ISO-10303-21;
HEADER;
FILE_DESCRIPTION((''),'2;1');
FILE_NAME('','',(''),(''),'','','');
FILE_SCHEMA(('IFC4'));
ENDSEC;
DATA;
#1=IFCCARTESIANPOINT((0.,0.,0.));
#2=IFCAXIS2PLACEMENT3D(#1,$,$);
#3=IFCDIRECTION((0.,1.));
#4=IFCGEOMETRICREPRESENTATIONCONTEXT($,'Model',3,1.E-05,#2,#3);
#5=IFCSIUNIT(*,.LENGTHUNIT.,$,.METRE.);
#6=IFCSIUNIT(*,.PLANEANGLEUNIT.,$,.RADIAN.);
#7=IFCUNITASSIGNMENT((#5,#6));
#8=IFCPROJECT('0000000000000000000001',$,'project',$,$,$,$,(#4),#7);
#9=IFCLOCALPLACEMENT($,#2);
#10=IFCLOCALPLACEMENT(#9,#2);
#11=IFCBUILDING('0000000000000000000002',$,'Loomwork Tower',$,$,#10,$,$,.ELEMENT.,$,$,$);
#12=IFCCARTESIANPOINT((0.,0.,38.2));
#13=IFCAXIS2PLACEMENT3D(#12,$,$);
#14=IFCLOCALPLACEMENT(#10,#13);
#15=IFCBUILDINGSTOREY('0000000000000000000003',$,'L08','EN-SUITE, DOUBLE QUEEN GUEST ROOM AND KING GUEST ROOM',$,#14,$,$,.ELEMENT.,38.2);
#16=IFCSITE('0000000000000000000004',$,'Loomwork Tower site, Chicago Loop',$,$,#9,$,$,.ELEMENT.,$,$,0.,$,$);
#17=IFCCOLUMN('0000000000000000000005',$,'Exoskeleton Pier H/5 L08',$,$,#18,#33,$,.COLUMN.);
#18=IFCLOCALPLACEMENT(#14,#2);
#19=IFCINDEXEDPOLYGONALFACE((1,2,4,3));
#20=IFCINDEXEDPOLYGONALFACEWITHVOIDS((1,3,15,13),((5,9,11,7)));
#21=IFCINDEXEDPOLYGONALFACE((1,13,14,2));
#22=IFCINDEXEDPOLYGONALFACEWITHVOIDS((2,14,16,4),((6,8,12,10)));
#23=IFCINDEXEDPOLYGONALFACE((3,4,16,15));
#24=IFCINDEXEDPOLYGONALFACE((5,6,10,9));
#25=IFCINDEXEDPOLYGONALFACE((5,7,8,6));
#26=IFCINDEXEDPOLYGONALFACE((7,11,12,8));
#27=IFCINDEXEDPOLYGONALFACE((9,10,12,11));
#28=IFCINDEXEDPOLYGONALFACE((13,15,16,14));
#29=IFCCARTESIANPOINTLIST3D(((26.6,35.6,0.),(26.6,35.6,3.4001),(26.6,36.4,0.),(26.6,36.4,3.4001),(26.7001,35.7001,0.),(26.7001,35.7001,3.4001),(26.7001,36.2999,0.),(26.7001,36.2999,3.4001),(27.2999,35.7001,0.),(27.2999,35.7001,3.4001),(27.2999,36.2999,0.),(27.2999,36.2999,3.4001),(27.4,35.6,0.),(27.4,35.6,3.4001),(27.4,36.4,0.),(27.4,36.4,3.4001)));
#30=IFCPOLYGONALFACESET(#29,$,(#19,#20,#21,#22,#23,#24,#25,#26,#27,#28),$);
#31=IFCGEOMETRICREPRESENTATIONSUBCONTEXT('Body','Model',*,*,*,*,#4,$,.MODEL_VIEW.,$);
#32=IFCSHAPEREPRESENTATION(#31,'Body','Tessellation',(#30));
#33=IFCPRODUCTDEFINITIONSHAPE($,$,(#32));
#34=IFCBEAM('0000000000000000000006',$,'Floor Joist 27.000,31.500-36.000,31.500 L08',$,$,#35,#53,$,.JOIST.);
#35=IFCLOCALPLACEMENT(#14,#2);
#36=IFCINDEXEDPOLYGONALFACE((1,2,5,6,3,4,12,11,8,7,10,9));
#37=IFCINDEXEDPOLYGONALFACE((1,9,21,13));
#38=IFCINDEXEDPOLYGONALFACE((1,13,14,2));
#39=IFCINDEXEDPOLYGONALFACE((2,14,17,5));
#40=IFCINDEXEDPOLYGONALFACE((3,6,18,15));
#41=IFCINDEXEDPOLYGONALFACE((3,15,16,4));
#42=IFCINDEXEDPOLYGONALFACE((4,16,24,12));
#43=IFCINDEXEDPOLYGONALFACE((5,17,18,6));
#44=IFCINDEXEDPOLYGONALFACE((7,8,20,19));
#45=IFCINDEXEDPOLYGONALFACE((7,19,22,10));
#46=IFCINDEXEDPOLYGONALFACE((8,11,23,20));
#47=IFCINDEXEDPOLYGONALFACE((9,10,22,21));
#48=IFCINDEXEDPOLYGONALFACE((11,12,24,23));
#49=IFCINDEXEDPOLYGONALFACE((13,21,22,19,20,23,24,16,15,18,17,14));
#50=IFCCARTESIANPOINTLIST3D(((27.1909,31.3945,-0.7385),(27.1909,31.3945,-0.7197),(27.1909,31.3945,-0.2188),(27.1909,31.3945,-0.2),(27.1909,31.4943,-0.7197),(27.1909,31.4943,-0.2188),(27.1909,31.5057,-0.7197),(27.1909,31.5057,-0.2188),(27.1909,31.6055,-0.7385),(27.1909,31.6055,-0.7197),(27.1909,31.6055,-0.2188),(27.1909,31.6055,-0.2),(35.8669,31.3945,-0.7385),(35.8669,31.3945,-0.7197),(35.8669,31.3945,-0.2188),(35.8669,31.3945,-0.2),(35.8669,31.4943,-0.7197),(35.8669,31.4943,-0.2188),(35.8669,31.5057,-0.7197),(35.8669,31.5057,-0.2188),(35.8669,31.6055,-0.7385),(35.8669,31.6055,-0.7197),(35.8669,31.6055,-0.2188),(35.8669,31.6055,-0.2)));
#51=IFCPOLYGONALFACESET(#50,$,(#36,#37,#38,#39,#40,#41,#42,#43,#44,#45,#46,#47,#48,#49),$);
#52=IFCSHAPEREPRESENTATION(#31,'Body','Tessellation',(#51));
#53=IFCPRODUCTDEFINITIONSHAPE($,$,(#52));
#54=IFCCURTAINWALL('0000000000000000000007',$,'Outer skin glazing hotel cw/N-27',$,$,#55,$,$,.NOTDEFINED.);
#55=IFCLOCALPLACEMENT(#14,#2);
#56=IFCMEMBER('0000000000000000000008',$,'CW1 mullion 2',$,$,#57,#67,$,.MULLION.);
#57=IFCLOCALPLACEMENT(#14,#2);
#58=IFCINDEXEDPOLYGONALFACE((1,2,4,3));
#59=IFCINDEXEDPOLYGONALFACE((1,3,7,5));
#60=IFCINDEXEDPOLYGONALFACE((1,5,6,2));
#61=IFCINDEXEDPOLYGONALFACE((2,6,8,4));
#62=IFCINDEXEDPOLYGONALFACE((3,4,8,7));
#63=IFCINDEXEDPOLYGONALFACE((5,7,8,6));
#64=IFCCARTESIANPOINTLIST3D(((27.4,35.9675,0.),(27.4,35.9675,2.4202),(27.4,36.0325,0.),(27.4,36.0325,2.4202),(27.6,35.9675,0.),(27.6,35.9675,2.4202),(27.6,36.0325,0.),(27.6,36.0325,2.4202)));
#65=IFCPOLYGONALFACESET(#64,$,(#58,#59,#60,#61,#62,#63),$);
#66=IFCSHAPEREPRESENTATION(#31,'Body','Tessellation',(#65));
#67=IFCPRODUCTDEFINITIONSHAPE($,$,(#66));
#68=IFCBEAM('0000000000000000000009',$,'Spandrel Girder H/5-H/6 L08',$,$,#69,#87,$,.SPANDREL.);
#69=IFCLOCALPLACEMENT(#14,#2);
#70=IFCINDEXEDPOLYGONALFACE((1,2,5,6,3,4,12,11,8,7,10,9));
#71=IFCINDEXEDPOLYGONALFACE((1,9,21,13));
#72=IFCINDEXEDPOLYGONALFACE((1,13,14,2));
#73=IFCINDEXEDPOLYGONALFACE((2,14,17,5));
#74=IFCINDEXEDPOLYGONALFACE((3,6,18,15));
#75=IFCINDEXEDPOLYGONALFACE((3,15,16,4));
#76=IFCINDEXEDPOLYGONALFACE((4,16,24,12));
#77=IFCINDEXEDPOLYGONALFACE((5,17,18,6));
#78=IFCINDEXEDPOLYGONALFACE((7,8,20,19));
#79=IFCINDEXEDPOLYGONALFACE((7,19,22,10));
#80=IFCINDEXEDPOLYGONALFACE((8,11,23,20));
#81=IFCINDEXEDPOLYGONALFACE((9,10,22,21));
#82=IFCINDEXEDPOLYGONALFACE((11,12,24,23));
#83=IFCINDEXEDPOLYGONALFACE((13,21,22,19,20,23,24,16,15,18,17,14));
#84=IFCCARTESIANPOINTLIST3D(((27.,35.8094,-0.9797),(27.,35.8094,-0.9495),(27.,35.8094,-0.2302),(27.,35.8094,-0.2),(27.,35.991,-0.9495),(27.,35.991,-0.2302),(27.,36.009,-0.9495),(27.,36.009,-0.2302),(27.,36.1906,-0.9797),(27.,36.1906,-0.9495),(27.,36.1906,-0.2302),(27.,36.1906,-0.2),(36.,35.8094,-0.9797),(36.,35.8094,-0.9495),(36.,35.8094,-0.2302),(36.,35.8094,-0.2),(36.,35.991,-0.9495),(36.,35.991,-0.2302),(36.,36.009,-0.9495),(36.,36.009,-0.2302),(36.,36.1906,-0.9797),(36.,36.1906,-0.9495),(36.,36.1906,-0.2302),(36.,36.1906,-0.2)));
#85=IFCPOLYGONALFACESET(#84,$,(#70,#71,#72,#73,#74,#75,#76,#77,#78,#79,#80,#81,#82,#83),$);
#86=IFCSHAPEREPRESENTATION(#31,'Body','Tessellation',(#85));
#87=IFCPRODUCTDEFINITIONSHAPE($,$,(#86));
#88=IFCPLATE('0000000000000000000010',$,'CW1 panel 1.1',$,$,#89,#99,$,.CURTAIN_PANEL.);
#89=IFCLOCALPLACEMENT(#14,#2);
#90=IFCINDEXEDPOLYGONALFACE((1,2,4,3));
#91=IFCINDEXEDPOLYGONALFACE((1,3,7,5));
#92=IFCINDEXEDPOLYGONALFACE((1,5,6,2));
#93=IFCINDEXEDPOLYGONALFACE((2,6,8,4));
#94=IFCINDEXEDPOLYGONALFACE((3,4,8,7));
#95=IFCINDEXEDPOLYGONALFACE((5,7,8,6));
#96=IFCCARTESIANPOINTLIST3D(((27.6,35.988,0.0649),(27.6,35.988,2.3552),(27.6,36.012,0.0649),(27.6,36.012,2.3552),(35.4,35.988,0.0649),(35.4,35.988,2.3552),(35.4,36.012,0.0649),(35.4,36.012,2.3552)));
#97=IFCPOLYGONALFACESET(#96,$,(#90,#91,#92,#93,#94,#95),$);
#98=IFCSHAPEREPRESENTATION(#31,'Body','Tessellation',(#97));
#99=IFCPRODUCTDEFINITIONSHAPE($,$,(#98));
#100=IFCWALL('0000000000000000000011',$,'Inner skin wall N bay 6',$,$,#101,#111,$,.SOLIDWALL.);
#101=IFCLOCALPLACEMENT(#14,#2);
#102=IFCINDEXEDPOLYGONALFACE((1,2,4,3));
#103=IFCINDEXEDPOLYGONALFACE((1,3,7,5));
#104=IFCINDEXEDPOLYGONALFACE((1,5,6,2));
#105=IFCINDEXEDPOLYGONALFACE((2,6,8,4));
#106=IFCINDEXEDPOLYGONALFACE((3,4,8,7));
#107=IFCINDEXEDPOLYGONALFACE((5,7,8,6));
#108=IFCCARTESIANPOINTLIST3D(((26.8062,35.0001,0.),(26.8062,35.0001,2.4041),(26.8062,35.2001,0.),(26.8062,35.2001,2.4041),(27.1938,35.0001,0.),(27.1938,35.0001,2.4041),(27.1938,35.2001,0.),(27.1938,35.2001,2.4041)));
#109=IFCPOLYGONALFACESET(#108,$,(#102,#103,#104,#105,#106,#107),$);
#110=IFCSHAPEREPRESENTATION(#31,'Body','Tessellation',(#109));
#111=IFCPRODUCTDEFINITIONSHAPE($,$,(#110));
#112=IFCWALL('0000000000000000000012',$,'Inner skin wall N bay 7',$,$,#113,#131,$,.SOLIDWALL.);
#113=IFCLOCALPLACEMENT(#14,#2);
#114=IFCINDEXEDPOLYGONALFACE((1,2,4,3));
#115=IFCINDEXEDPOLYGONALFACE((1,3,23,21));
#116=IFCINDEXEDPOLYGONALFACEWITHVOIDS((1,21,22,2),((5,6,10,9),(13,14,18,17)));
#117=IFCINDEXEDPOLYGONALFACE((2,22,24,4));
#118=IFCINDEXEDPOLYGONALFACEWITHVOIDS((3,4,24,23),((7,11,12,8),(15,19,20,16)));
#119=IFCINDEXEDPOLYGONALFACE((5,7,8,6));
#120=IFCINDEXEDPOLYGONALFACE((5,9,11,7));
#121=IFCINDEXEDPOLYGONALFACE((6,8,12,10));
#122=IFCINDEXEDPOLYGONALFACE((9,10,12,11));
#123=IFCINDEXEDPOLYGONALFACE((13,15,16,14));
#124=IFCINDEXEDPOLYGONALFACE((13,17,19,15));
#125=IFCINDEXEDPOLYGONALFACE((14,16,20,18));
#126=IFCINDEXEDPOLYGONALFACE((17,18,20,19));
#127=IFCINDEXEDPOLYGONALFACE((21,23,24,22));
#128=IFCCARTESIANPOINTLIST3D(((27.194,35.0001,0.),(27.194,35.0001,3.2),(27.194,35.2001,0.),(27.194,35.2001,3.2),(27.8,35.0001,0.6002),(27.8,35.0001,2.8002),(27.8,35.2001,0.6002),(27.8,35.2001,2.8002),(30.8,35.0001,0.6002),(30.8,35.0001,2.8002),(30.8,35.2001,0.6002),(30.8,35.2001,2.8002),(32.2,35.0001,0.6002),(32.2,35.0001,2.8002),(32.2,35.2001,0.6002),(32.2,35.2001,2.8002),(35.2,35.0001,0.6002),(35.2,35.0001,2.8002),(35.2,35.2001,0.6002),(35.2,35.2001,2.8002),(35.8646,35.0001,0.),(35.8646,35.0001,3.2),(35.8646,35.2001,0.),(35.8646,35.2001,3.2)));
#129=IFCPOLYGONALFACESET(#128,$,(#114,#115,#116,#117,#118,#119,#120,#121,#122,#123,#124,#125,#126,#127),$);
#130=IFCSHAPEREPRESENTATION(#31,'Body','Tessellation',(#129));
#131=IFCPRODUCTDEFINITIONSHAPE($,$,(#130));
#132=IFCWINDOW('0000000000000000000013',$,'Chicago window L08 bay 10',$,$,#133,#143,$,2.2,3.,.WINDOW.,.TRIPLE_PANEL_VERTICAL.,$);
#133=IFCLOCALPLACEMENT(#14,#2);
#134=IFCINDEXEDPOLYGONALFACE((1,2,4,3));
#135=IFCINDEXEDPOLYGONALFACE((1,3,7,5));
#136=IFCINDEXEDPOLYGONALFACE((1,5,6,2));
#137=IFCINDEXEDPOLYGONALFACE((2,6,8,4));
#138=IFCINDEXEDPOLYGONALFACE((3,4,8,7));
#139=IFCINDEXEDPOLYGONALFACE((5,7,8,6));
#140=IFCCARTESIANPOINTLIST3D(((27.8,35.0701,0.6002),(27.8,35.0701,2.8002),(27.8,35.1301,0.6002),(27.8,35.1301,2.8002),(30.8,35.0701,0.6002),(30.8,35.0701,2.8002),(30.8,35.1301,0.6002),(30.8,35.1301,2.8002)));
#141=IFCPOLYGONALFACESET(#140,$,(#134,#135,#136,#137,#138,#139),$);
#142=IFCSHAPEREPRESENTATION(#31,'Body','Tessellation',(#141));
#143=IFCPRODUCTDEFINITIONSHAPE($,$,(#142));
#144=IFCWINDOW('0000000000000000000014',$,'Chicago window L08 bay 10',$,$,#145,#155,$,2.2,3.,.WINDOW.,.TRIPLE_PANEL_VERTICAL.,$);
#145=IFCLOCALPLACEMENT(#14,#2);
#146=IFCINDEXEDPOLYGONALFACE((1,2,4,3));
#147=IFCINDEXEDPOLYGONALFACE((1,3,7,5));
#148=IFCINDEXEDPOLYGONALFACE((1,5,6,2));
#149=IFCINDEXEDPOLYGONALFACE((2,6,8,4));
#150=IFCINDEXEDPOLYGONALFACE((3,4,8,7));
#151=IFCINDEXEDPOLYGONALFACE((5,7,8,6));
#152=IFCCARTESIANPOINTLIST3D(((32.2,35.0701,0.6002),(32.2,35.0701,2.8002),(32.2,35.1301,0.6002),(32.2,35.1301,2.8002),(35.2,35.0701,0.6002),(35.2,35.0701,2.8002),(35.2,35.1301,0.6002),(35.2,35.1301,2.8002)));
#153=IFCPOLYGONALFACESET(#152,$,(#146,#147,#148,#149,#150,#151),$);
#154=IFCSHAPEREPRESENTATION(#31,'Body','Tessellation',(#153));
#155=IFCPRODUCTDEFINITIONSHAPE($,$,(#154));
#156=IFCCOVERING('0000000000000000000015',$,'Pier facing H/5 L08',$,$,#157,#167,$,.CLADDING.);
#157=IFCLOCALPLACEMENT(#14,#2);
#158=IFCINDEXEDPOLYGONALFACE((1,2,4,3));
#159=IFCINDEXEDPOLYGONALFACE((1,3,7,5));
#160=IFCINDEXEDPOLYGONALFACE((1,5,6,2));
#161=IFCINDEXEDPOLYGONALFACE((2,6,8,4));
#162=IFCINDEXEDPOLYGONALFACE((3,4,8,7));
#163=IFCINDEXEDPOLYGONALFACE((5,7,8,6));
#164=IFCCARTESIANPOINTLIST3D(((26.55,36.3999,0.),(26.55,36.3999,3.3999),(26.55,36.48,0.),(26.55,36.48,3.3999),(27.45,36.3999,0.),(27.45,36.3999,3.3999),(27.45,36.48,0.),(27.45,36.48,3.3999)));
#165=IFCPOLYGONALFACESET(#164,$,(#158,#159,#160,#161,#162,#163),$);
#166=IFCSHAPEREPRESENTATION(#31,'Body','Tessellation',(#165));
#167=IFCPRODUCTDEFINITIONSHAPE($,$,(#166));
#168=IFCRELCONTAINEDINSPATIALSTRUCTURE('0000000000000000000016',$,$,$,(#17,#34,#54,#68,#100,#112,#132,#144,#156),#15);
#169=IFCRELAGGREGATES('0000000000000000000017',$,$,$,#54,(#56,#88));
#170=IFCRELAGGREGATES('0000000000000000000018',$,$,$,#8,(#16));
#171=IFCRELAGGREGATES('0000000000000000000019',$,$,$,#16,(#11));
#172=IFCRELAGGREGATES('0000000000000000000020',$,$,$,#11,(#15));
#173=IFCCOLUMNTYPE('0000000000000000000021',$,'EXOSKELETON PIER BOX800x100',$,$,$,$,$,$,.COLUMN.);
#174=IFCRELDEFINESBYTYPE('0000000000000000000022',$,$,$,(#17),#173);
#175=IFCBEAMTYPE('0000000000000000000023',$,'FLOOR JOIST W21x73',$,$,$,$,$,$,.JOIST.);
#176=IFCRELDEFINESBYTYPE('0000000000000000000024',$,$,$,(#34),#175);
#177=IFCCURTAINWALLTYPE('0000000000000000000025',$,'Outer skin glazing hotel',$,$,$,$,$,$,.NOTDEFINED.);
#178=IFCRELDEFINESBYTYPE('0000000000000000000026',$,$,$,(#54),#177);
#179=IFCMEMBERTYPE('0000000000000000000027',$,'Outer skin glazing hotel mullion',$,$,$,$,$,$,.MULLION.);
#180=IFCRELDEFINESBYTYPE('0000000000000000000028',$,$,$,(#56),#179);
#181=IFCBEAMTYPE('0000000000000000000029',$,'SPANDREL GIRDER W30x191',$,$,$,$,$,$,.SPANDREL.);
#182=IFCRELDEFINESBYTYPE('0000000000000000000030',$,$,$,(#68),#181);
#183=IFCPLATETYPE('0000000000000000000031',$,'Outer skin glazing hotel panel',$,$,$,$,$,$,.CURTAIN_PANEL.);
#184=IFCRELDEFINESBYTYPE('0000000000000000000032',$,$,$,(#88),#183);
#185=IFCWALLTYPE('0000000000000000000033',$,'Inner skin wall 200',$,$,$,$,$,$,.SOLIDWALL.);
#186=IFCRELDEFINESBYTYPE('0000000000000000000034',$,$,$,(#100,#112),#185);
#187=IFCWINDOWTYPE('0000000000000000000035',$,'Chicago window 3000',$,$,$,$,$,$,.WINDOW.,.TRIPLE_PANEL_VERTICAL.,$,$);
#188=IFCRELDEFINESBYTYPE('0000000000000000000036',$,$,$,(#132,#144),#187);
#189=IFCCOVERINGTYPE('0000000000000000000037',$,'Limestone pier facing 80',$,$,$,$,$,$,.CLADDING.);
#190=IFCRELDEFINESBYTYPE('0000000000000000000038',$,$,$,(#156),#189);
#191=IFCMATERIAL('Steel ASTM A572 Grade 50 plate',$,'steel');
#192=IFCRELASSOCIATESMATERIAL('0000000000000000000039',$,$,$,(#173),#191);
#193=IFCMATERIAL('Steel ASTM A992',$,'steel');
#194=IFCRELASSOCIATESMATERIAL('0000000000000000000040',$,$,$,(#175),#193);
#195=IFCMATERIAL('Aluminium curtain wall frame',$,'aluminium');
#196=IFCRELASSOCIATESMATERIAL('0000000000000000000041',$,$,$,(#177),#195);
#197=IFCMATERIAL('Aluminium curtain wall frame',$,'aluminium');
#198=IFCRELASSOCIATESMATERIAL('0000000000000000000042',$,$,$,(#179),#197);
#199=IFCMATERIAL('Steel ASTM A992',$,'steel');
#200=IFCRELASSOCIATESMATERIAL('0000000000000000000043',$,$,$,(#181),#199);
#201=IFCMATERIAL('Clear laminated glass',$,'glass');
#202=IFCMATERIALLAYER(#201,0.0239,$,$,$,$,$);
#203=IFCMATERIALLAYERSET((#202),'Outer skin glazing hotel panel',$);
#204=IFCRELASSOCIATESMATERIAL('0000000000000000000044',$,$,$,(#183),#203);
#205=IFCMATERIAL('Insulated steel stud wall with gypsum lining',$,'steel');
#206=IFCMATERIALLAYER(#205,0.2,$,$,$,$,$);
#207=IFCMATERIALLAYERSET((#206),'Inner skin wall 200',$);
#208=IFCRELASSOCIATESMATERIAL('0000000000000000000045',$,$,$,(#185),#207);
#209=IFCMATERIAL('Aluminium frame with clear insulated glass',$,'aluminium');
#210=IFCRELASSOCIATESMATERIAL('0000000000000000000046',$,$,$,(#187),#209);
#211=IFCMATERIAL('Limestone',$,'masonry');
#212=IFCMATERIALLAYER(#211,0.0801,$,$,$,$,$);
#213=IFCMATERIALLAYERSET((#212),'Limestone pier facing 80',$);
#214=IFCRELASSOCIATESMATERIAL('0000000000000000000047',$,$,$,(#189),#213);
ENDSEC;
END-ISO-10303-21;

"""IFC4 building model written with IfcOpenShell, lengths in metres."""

from ifc_helpers import new_model, si_unit, direction, frame, frame_2d, origin, origin_2d, place, context, subcontext, project, spatial, rectangle, hollow_rectangle, i_section, extrude, material, layer, layer_set, material_profile, profile_set, type_object, element, fill, aggregate, save


model = new_model("IFC4")

# Units and contexts
model_context = context("Model", 3, precision=1e-05, world=origin(), true_north=direction((0.0, 1.0)))
body_context = subcontext(model_context, "Body", "Model", "MODEL_VIEW")
ifc_project = project(units=[si_unit("LENGTHUNIT", "METRE"), si_unit("PLANEANGLEUNIT", "RADIAN")], contexts=[model_context])

# Site, building, storey
site_placement = place(None, origin())
site = spatial("IfcSite", under=ifc_project, at=site_placement, Name="Loomwork Tower site, Chicago Loop", CompositionType="ELEMENT", RefElevation=0.0)
building_placement = place(site_placement, origin())
building = spatial("IfcBuilding", under=site, at=building_placement, Name="Loomwork Tower", CompositionType="ELEMENT")
storey_placement = place(building_placement, frame((0.0, 0.0, 38.2)))
storey = spatial("IfcBuildingStorey", under=building, at=storey_placement, Name="L08", Description="EN-SUITE, DOUBLE QUEEN GUEST ROOM AND KING GUEST ROOM", CompositionType="ELEMENT", Elevation=38.2)

# Column
ifc_material_1 = material(Name="Steel ASTM A572 Grade 50 plate", Category="steel")
ifc_material_profile_1 = material_profile(ifc_material_1, hollow_rectangle(XDim=0.8, YDim=0.8, WallThickness=0.1001, at=origin_2d()), Name="BOX800x100")
ifc_profile_set_1 = profile_set([ifc_material_profile_1], Name="Steel ASTM A572 Grade 50 plate")
column_type = type_object("IfcColumnType", Name="EXOSKELETON PIER BOX800x100", PredefinedType="COLUMN", material=ifc_profile_set_1)
column_placement = place(storey_placement, frame((27.0, 36.0, 0.0), z_axis=(0.0, 0.0, 1.0), x_axis=(1.0, 0.0, 0.0)))
element("IfcColumn", 1, at=column_placement, inside=storey, type_object=column_type, Name="Exoskeleton Pier H/5 L08", PredefinedType="COLUMN", context=body_context, shape_type="SweptSolid", body=[
    extrude(hollow_rectangle(XDim=0.8, YDim=0.8, WallThickness=0.1001, at=origin_2d()), origin(), (0.0, 0.0, 1.0), 3.4001),
])

# Beam
ifc_material_2 = material(Name="Steel ASTM A992", Category="steel")
ifc_material_profile_2 = material_profile(ifc_material_2, i_section(OverallWidth=0.2109, OverallDepth=0.5386, WebThickness=0.0115, FlangeThickness=0.0188, at=origin_2d()), Name="W21x73")
ifc_profile_set_2 = profile_set([ifc_material_profile_2], Name="Steel ASTM A992")
beam_type_1 = type_object("IfcBeamType", Name="FLOOR JOIST W21x73", PredefinedType="JOIST", material=ifc_profile_set_2)
beam_1_placement = place(storey_placement, frame((27.1909, 31.5, -0.4692), z_axis=(1.0, 0.0, 0.0), x_axis=(0.0, 1.0, 0.0)))
element("IfcBeam", 2, at=beam_1_placement, inside=storey, type_object=beam_type_1, Name="Floor Joist 27.000,31.500-36.000,31.500 L08", PredefinedType="JOIST", context=body_context, shape_type="SweptSolid", body=[
    extrude(i_section(OverallWidth=0.2109, OverallDepth=0.5386, WebThickness=0.0115, FlangeThickness=0.0188, at=origin_2d()), origin(), (0.0, 0.0, 1.0), 8.676),
])

# Curtain wall, member
ifc_material_3 = material(Name="Aluminium curtain wall frame", Category="aluminium")
curtain_wall_type = type_object("IfcCurtainWallType", Name="Outer skin glazing hotel", PredefinedType="NOTDEFINED", material=ifc_material_3)
curtain_wall_placement = place(storey_placement, origin())
curtain_wall = element("IfcCurtainWall", 3, at=curtain_wall_placement, inside=storey, type_object=curtain_wall_type, Name="Outer skin glazing hotel cw/N-27", PredefinedType="NOTDEFINED")
ifc_material_4 = material(Name="Aluminium curtain wall frame", Category="aluminium")
ifc_material_profile_3 = material_profile(ifc_material_4, rectangle(XDim=0.0649, YDim=0.2, at=origin_2d()), Name="AL 65x200")
ifc_profile_set_3 = profile_set([ifc_material_profile_3], Name="Aluminium curtain wall frame")
member_type = type_object("IfcMemberType", Name="Outer skin glazing hotel mullion", PredefinedType="MULLION", material=ifc_profile_set_3)
member_placement = place(storey_placement, frame((27.5, 36.0, 0.0), z_axis=(0.0, 0.0, 1.0), x_axis=(0.0, -1.0, 0.0)))
member = element("IfcMember", 4, at=member_placement, type_object=member_type, Name="CW1 mullion 2", PredefinedType="MULLION", context=body_context, shape_type="SweptSolid", body=[
    extrude(rectangle(XDim=0.0649, YDim=0.2, at=origin_2d()), origin(), (0.0, 0.0, 1.0), 2.4202),
])

# Beam
ifc_material_5 = material(Name="Steel ASTM A992", Category="steel")
ifc_material_profile_4 = material_profile(ifc_material_5, i_section(OverallWidth=0.3811, OverallDepth=0.7798, WebThickness=0.0181, FlangeThickness=0.0303, at=origin_2d()), Name="W30x191")
ifc_profile_set_4 = profile_set([ifc_material_profile_4], Name="Steel ASTM A992")
beam_type_2 = type_object("IfcBeamType", Name="SPANDREL GIRDER W30x191", PredefinedType="SPANDREL", material=ifc_profile_set_4)
beam_2_placement = place(storey_placement, frame((27.0, 36.0, -0.5898), z_axis=(1.0, 0.0, 0.0), x_axis=(0.0, 1.0, 0.0)))
element("IfcBeam", 5, at=beam_2_placement, inside=storey, type_object=beam_type_2, Name="Spandrel Girder H/5-H/6 L08", PredefinedType="SPANDREL", context=body_context, shape_type="SweptSolid", body=[
    extrude(i_section(OverallWidth=0.3811, OverallDepth=0.7798, WebThickness=0.0181, FlangeThickness=0.0303, at=origin_2d()), origin(), (0.0, 0.0, 1.0), 9.0),
])

# Plate
ifc_material_6 = material(Name="Clear laminated glass", Category="glass")
ifc_layer_1 = layer(ifc_material_6, 0.0239)
ifc_layer_set_1 = layer_set([ifc_layer_1], Name="Outer skin glazing hotel panel")
plate_type = type_object("IfcPlateType", Name="Outer skin glazing hotel panel", PredefinedType="CURTAIN_PANEL", material=ifc_layer_set_1)
plate_placement = place(storey_placement, frame((31.5, 36.0, 0.0649), z_axis=(0.0, 0.0, 1.0), x_axis=(-1.0, 0.0, 0.0)))
plate = element("IfcPlate", 6, at=plate_placement, type_object=plate_type, Name="CW1 panel 1.1", PredefinedType="CURTAIN_PANEL", context=body_context, shape_type="SweptSolid", body=[
    extrude(rectangle(XDim=7.8, YDim=0.0239, at=origin_2d()), origin(), (0.0, 0.0, 1.0), 2.2903),
])
aggregate(curtain_wall, [member, plate])

# Wall
ifc_material_7 = material(Name="Insulated steel stud wall with gypsum lining", Category="steel")
ifc_layer_2 = layer(ifc_material_7, 0.2)
ifc_layer_set_2 = layer_set([ifc_layer_2], Name="Inner skin wall 200")
wall_type = type_object("IfcWallType", Name="Inner skin wall 200", PredefinedType="SOLIDWALL", material=ifc_layer_set_2)
wall_1_placement = place(storey_placement, frame((26.8062, 35.1001, 0.0), z_axis=(0.0, 0.0, 1.0), x_axis=(1.0, 0.0, 0.0)))
element("IfcWall", 7, at=wall_1_placement, inside=storey, type_object=wall_type, Name="Inner skin wall N bay 6", PredefinedType="SOLIDWALL", context=body_context, shape_type="SweptSolid", body=[
    extrude(rectangle(XDim=0.3877, YDim=0.2, at=frame_2d((0.1938, 0.0))), origin(), (0.0, 0.0, 1.0), 2.4041),
])

# Wall, openings, windows
wall_2_placement = place(storey_placement, frame((27.1938, 35.1001, 0.0), z_axis=(0.0, 0.0, 1.0), x_axis=(1.0, 0.0, 0.0)))
wall_2 = element("IfcWall", 8, at=wall_2_placement, inside=storey, type_object=wall_type, Name="Inner skin wall N bay 7", PredefinedType="SOLIDWALL", context=body_context, shape_type="SweptSolid", body=[
    extrude(rectangle(XDim=8.6707, YDim=0.2, at=frame_2d((4.3354, 0.0))), origin(), (0.0, 0.0, 1.0), 3.2),
])
opening_1_placement = place(wall_2_placement, frame((0.6062, 0.0, 0.6001)))
opening_1 = element("IfcOpeningElement", 9, at=opening_1_placement, cuts=wall_2, PredefinedType="OPENING", context=body_context, shape_type="SweptSolid", body=[
    extrude(rectangle(XDim=3.0, YDim=2.2, at=frame_2d((1.5, 1.1001))), frame((0.0, 0.1099, 0.0), z_axis=(0.0, -1.0, 0.0), x_axis=(1.0, 0.0, 0.0)), (0.0, 0.0, 1.0), 0.22),
])
opening_2_placement = place(wall_2_placement, frame((5.0061, 0.0, 0.6001)))
opening_2 = element("IfcOpeningElement", 10, at=opening_2_placement, cuts=wall_2, PredefinedType="OPENING", context=body_context, shape_type="SweptSolid", body=[
    extrude(rectangle(XDim=3.0, YDim=2.2, at=frame_2d((1.5, 1.1001))), frame((0.0, 0.1099, 0.0), z_axis=(0.0, -1.0, 0.0), x_axis=(1.0, 0.0, 0.0)), (0.0, 0.0, 1.0), 0.22),
])
ifc_material_8 = material(Name="Aluminium frame with clear insulated glass", Category="aluminium")
window_type = type_object("IfcWindowType", Name="Chicago window 3000", PartitioningType="TRIPLE_PANEL_VERTICAL", PredefinedType="WINDOW", material=ifc_material_8)
window_1_placement = place(opening_1_placement, origin())
window_1 = element("IfcWindow", 11, at=window_1_placement, inside=storey, type_object=window_type, Name="Chicago window L08 bay 10", OverallHeight=2.2, OverallWidth=3.0, PartitioningType="TRIPLE_PANEL_VERTICAL", PredefinedType="WINDOW", context=body_context, shape_type="SweptSolid", body=[
    extrude(rectangle(XDim=3.0, YDim=2.2, at=frame_2d((1.5, 1.1001))), frame((0.0, 0.03, 0.0), z_axis=(0.0, -1.0, 0.0), x_axis=(1.0, 0.0, 0.0)), (0.0, 0.0, 1.0), 0.0601),
])
fill(opening_1, window_1)
window_2_placement = place(opening_2_placement, origin())
window_2 = element("IfcWindow", 12, at=window_2_placement, inside=storey, type_object=window_type, Name="Chicago window L08 bay 10", OverallHeight=2.2, OverallWidth=3.0, PartitioningType="TRIPLE_PANEL_VERTICAL", PredefinedType="WINDOW", context=body_context, shape_type="SweptSolid", body=[
    extrude(rectangle(XDim=3.0, YDim=2.2, at=frame_2d((1.5, 1.1001))), frame((0.0, 0.03, 0.0), z_axis=(0.0, -1.0, 0.0), x_axis=(1.0, 0.0, 0.0)), (0.0, 0.0, 1.0), 0.0601),
])
fill(opening_2, window_2)

# Covering
ifc_material_9 = material(Name="Limestone", Category="masonry")
ifc_layer_3 = layer(ifc_material_9, 0.0801)
ifc_layer_set_3 = layer_set([ifc_layer_3], Name="Limestone pier facing 80")
covering_type = type_object("IfcCoveringType", Name="Limestone pier facing 80", PredefinedType="CLADDING", material=ifc_layer_set_3)
covering_placement = place(storey_placement, frame((27.0, 36.4399, 0.0), z_axis=(0.0, 0.0, 1.0), x_axis=(1.0, 0.0, 0.0)))
element("IfcCovering", 13, at=covering_placement, inside=storey, type_object=covering_type, Name="Pier facing H/5 L08", PredefinedType="CLADDING", context=body_context, shape_type="SweptSolid", body=[
    extrude(rectangle(XDim=0.8999, YDim=0.0801, at=origin_2d()), origin(), (0.0, 0.0, 1.0), 3.3999),
])

save(model, "model.ifc")
